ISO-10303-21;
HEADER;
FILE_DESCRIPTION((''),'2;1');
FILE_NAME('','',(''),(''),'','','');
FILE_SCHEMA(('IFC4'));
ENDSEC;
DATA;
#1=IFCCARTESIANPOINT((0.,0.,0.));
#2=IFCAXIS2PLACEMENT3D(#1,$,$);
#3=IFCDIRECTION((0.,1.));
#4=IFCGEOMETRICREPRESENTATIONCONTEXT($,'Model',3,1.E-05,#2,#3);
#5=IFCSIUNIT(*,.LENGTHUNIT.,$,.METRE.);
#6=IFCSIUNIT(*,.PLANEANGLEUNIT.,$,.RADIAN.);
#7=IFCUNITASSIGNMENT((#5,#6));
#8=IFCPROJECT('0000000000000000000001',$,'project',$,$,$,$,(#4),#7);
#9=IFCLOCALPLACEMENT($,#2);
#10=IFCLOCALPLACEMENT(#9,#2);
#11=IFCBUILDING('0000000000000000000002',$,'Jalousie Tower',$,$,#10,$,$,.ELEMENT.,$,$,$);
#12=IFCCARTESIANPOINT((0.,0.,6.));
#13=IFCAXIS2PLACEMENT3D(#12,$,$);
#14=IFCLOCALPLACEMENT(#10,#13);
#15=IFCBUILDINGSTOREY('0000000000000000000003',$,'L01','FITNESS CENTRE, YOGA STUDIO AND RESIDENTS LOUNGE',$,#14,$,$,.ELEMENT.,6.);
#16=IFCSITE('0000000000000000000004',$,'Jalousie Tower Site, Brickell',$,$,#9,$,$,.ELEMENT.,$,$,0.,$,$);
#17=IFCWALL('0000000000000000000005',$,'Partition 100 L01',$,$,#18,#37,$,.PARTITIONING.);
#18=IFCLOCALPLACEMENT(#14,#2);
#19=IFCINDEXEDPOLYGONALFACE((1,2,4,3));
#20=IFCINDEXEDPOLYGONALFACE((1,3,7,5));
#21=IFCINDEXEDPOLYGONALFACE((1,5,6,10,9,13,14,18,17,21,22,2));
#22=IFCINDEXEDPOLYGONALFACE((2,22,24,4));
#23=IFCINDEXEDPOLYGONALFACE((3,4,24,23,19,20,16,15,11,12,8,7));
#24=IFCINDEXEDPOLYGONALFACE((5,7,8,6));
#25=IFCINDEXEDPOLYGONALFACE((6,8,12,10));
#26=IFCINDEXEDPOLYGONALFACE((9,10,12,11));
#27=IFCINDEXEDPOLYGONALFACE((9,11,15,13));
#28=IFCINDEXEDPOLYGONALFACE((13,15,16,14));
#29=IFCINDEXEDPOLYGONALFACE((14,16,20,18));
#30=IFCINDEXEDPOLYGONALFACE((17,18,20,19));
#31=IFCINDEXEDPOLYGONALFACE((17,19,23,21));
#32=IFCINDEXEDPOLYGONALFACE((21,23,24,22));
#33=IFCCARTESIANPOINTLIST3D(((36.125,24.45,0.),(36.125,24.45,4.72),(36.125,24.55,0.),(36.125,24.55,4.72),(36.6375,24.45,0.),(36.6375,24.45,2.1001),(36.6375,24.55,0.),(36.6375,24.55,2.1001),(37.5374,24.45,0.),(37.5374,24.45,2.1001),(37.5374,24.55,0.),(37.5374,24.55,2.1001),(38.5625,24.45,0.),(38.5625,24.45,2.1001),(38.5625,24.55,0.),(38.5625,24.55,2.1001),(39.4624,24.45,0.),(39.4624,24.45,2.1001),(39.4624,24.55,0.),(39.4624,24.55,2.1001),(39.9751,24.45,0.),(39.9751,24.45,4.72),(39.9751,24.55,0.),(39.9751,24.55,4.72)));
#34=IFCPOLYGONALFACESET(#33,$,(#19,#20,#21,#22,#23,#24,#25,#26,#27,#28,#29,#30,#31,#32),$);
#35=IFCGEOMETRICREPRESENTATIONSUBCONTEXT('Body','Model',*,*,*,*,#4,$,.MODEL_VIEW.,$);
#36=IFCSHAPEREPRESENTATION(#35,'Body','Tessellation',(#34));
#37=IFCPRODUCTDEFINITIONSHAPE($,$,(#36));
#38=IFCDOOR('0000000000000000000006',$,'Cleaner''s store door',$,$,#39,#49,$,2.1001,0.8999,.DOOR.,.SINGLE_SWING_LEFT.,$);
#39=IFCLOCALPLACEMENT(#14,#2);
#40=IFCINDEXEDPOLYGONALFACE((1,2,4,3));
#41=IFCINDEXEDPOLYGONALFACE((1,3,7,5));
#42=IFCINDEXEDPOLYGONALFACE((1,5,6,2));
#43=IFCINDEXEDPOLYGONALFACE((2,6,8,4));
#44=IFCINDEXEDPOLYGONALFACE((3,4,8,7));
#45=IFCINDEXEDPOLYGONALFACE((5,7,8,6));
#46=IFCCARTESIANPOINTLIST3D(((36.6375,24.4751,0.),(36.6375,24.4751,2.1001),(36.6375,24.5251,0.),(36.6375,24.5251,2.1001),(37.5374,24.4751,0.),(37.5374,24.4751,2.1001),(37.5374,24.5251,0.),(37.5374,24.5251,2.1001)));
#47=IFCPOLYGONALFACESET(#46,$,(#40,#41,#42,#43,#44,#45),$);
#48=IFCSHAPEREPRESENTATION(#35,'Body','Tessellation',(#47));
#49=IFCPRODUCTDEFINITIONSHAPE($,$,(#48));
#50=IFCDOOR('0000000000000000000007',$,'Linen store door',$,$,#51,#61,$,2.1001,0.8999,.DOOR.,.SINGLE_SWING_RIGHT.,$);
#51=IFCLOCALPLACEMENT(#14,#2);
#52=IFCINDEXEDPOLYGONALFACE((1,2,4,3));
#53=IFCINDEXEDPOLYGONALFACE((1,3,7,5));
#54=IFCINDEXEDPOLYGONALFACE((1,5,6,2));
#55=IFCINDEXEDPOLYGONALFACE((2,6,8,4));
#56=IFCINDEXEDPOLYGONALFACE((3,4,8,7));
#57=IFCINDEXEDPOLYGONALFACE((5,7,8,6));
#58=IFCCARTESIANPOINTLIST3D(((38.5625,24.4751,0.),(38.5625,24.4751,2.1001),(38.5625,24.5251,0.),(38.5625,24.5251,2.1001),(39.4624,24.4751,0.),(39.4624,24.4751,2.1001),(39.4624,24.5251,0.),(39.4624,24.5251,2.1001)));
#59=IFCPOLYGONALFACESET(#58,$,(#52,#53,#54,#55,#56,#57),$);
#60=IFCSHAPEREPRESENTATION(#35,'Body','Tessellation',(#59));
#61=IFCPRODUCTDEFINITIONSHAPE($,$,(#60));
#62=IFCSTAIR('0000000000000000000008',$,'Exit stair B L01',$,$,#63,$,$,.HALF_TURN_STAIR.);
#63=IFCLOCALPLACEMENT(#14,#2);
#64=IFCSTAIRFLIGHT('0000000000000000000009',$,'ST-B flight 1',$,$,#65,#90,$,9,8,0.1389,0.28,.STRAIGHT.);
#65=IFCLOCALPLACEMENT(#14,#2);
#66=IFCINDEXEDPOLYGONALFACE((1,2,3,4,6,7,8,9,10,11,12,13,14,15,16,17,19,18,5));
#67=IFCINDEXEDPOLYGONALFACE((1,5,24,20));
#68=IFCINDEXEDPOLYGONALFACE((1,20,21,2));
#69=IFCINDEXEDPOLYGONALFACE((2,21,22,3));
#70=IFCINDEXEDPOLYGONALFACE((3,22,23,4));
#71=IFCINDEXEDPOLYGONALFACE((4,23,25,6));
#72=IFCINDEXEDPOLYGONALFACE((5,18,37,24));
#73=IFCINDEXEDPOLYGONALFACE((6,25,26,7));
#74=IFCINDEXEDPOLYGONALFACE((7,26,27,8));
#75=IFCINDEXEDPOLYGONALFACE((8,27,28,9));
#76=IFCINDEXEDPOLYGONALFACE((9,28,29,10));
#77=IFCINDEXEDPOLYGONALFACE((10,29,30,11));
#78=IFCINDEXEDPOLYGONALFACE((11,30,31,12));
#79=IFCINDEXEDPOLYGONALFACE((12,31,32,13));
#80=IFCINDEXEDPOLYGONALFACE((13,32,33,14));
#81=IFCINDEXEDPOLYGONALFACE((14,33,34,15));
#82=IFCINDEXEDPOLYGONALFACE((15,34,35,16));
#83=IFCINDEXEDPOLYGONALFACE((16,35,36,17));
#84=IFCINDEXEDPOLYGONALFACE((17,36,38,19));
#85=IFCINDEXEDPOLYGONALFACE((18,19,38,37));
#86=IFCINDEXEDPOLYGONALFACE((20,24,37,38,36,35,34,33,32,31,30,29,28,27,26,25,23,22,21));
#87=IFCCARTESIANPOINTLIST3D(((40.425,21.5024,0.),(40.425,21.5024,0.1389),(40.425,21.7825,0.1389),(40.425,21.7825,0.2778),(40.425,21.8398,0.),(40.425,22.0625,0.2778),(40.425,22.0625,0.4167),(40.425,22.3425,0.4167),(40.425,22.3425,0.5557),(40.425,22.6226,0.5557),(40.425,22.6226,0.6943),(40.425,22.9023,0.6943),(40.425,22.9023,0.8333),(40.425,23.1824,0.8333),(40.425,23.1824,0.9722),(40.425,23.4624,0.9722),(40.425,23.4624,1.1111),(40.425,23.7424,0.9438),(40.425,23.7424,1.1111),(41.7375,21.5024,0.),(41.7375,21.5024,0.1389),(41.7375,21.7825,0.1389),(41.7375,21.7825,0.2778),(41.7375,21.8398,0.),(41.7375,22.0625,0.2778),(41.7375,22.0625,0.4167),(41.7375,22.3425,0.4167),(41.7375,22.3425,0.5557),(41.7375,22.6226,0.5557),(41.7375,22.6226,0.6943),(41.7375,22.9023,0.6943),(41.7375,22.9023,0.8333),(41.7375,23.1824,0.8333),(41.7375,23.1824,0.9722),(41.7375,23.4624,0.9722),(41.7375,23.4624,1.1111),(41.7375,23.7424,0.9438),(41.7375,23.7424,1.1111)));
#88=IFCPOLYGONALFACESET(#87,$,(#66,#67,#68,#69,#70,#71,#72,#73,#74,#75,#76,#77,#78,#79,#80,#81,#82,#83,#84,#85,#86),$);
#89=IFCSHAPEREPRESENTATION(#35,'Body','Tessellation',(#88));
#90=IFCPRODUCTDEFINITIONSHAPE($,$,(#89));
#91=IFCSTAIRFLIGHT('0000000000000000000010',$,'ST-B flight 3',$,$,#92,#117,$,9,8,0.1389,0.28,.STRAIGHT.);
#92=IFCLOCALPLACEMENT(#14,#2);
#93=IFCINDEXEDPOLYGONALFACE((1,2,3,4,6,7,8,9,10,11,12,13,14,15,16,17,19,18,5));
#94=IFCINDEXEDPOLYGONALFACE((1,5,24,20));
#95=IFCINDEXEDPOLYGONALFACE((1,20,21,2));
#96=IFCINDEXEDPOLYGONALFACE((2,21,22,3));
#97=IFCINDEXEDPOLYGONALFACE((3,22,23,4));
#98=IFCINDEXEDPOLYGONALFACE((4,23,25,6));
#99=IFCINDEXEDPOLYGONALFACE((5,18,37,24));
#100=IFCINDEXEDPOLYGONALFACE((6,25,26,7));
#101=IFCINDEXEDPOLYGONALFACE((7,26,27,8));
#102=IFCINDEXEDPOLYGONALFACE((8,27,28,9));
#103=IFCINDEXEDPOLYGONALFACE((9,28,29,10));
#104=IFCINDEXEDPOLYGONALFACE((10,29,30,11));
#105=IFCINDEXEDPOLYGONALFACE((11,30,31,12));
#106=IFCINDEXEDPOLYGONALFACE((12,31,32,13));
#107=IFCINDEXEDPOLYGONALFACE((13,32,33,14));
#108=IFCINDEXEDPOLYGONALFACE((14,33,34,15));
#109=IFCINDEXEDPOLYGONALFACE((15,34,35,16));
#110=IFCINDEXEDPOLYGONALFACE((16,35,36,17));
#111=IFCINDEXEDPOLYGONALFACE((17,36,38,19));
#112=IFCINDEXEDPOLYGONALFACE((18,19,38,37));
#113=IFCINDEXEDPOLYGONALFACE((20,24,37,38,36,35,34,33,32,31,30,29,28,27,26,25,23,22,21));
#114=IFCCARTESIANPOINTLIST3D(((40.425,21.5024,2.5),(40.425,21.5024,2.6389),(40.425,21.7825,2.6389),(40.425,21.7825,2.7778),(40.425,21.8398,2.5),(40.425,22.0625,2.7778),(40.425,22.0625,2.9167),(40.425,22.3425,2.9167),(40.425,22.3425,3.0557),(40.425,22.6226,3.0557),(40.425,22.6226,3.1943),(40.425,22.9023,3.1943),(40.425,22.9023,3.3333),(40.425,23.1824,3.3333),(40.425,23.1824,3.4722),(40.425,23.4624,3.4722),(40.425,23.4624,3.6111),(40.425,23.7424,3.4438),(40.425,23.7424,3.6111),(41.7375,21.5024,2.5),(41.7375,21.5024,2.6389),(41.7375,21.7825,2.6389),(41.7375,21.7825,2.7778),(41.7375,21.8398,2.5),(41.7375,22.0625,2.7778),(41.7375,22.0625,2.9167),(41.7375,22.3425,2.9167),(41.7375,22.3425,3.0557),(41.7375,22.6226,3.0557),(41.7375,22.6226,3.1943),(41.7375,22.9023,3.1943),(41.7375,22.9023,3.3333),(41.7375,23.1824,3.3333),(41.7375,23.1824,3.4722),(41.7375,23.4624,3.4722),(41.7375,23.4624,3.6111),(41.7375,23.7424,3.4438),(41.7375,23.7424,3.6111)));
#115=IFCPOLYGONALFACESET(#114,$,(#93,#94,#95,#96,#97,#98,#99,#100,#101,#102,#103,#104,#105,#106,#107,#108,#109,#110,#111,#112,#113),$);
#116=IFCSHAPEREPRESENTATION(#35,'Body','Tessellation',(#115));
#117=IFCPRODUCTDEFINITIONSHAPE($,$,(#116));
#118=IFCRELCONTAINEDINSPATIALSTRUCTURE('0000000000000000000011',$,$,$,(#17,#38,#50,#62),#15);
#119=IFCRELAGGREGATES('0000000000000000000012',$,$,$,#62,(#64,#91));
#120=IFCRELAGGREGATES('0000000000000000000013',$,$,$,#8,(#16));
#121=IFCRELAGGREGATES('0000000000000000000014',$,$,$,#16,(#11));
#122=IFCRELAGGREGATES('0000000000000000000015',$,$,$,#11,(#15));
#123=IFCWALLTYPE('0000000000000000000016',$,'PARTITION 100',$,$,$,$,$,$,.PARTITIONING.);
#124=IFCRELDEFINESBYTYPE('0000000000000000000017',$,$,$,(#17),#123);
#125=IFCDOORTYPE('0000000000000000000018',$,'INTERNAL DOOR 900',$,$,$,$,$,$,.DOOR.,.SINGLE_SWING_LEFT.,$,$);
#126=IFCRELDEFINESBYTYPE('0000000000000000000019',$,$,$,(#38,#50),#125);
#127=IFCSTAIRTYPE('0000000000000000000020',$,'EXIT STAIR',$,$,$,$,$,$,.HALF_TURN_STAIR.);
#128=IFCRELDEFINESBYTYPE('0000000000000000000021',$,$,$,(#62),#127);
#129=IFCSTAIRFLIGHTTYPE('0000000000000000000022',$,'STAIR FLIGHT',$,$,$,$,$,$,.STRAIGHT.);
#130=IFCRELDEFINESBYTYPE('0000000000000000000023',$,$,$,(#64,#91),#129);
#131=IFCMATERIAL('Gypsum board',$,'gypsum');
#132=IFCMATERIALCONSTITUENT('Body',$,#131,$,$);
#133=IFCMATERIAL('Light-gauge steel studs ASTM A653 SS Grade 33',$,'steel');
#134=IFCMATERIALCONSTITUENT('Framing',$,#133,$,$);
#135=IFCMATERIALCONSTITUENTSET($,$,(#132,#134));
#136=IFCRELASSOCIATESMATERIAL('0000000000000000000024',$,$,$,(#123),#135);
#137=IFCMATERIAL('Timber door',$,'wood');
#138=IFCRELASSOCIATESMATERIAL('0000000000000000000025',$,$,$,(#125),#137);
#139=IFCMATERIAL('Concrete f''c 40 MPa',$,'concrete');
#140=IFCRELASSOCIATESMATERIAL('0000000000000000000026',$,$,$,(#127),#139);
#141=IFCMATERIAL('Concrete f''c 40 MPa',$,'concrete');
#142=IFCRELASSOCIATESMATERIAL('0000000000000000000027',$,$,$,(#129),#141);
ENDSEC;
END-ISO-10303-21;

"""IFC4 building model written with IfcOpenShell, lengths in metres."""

from ifc_helpers import new_model, si_unit, direction, frame, frame_2d, origin, place, context, subcontext, project, spatial, polyline, rectangle, outline, extrude, material, constituent, constituent_set, type_object, element, fill, aggregate, save


model = new_model("IFC4")

# Units and contexts
model_context = context("Model", 3, precision=1e-05, world=origin(), true_north=direction((0.0, 1.0)))
body_context = subcontext(model_context, "Body", "Model", "MODEL_VIEW")
ifc_project = project(units=[si_unit("LENGTHUNIT", "METRE"), si_unit("PLANEANGLEUNIT", "RADIAN")], contexts=[model_context])

# Site, building, storey
site_placement = place(None, origin())
site = spatial("IfcSite", under=ifc_project, at=site_placement, Name="Jalousie Tower Site, Brickell", CompositionType="ELEMENT", RefElevation=0.0)
building_placement = place(site_placement, origin())
building = spatial("IfcBuilding", under=site, at=building_placement, Name="Jalousie Tower", CompositionType="ELEMENT")
storey_placement = place(building_placement, frame((0.0, 0.0, 6.0)))
storey = spatial("IfcBuildingStorey", under=building, at=storey_placement, Name="L01", Description="FITNESS CENTRE, YOGA STUDIO AND RESIDENTS LOUNGE", CompositionType="ELEMENT", Elevation=6.0)

# Wall, openings, doors
ifc_material_1 = material(Name="Gypsum board", Category="gypsum")
ifc_constituent_1 = constituent(ifc_material_1, Name="Body")
ifc_material_2 = material(Name="Light-gauge steel studs ASTM A653 SS Grade 33", Category="steel")
ifc_constituent_2 = constituent(ifc_material_2, Name="Framing")
ifc_constituent_set_1 = constituent_set(constituents=[ifc_constituent_1, ifc_constituent_2])
wall_type_1 = type_object("IfcWallType", Name="PARTITION 100", PredefinedType="PARTITIONING", material=ifc_constituent_set_1)
wall_1_placement = place(storey_placement, frame((36.125, 24.5, 0.0), z_axis=(0.0, 0.0, 1.0), x_axis=(1.0, 0.0, 0.0)))
wall_1 = element("IfcWall", 1, at=wall_1_placement, inside=storey, type_object=wall_type_1, Name="Partition 100 L01", PredefinedType="PARTITIONING", context=body_context, shape_type="SweptSolid", body=[
    extrude(rectangle(XDim=3.8501, YDim=0.1001, at=frame_2d((1.925, 0.0))), origin(), (0.0, 0.0, 1.0), 4.72),
])
opening_1_placement = place(wall_1_placement, frame((0.5125, 0.0, 0.0)))
opening_1 = element("IfcOpeningElement", 2, at=opening_1_placement, cuts=wall_1, PredefinedType="OPENING", context=body_context, shape_type="SweptSolid", body=[
    extrude(rectangle(XDim=0.8999, YDim=2.1001, at=frame_2d((0.45, 1.05))), frame((0.0, 0.0601, 0.0), z_axis=(0.0, -1.0, 0.0), x_axis=(1.0, 0.0, 0.0)), (0.0, 0.0, 1.0), 0.1201),
])
opening_2_placement = place(wall_1_placement, frame((2.4375, 0.0, 0.0)))
opening_2 = element("IfcOpeningElement", 3, at=opening_2_placement, cuts=wall_1, PredefinedType="OPENING", context=body_context, shape_type="SweptSolid", body=[
    extrude(rectangle(XDim=0.8999, YDim=2.1001, at=frame_2d((0.45, 1.05))), frame((0.0, 0.0601, 0.0), z_axis=(0.0, -1.0, 0.0), x_axis=(1.0, 0.0, 0.0)), (0.0, 0.0, 1.0), 0.1201),
])
ifc_material_3 = material(Name="Timber door", Category="wood")
door_type_1 = type_object("IfcDoorType", Name="INTERNAL DOOR 900", OperationType="SINGLE_SWING_LEFT", PredefinedType="DOOR", material=ifc_material_3)
door_1_placement = place(opening_1_placement, frame((0.8999, 0.0, 0.0), z_axis=(0.0, 0.0, 1.0), x_axis=(-1.0, 0.0, 0.0)))
door_1 = element("IfcDoor", 4, at=door_1_placement, inside=storey, type_object=door_type_1, Name="Cleaner's store door", OperationType="SINGLE_SWING_LEFT", OverallHeight=2.1001, OverallWidth=0.8999, PredefinedType="DOOR", context=body_context, shape_type="SweptSolid", body=[
    extrude(rectangle(XDim=0.8999, YDim=2.1001, at=frame_2d((0.45, 1.05))), frame((0.0, 0.0249, 0.0), z_axis=(0.0, -1.0, 0.0), x_axis=(1.0, 0.0, 0.0)), (0.0, 0.0, 1.0), 0.05),
])
fill(opening_1, door_1)
door_2_placement = place(opening_2_placement, frame((0.8999, 0.0, 0.0), z_axis=(0.0, 0.0, 1.0), x_axis=(-1.0, 0.0, 0.0)))
door_2 = element("IfcDoor", 5, at=door_2_placement, inside=storey, type_object=door_type_1, Name="Linen store door", OperationType="SINGLE_SWING_RIGHT", OverallHeight=2.1001, OverallWidth=0.8999, PredefinedType="DOOR", context=body_context, shape_type="SweptSolid", body=[
    extrude(rectangle(XDim=0.8999, YDim=2.1001, at=frame_2d((0.45, 1.05))), frame((0.0, 0.0249, 0.0), z_axis=(0.0, -1.0, 0.0), x_axis=(1.0, 0.0, 0.0)), (0.0, 0.0, 1.0), 0.05),
])
fill(opening_2, door_2)

# Stair, stair flights
ifc_material_4 = material(Name="Concrete f'c 40 MPa", Category="concrete")
stair_type = type_object("IfcStairType", Name="EXIT STAIR", PredefinedType="HALF_TURN_STAIR", material=ifc_material_4)
stair_placement = place(storey_placement, origin())
stair = element("IfcStair", 6, at=stair_placement, inside=storey, type_object=stair_type, Name="Exit stair B L01", PredefinedType="HALF_TURN_STAIR")
ifc_material_5 = material(Name="Concrete f'c 40 MPa", Category="concrete")
stair_flight_type = type_object("IfcStairFlightType", Name="STAIR FLIGHT", PredefinedType="STRAIGHT", material=ifc_material_5)
stair_flight_1_placement = place(storey_placement, frame((41.0813, 21.5024, 0.0), z_axis=(0.0, 0.0, 1.0), x_axis=(0.0, 1.0, 0.0)))
stair_flight_1 = element("IfcStairFlight", 7, at=stair_flight_1_placement, type_object=stair_flight_type, Name="ST-B flight 1", NumberOfRisers=9, NumberOfTreads=8, PredefinedType="STRAIGHT", RiserHeight=0.1389, TreadLength=0.28, context=body_context, shape_type="SweptSolid", body=[
    extrude(outline(polyline([(0.0, 0.0), (0.0, 0.1389), (0.28, 0.1389), (0.28, 0.2778), (0.5601, 0.2778), (0.5601, 0.4167), (0.8401, 0.4167), (0.8401, 0.5557), (1.1201, 0.5557), (1.1201, 0.6943), (1.3999, 0.6943), (1.3999, 0.8333), (1.6799, 0.8333), (1.6799, 0.9722), (1.96, 0.9722), (1.96, 1.1111), (2.24, 1.1111), (2.24, 1.25), (2.24, 0.9438), (0.3374, 0.0), (0.0, 0.0)])), frame((0.0, 0.6562, 0.0), z_axis=(0.0, -1.0, 0.0), x_axis=(1.0, 0.0, 0.0)), (0.0, 0.0, 1.0), 1.3125),
])
stair_flight_2_placement = place(storey_placement, frame((41.0813, 21.5024, 2.5), z_axis=(0.0, 0.0, 1.0), x_axis=(0.0, 1.0, 0.0)))
stair_flight_2 = element("IfcStairFlight", 8, at=stair_flight_2_placement, type_object=stair_flight_type, Name="ST-B flight 3", NumberOfRisers=9, NumberOfTreads=8, PredefinedType="STRAIGHT", RiserHeight=0.1389, TreadLength=0.28, context=body_context, shape_type="SweptSolid", body=[
    extrude(outline(polyline([(0.0, 0.0), (0.0, 0.1389), (0.28, 0.1389), (0.28, 0.2778), (0.5601, 0.2778), (0.5601, 0.4167), (0.8401, 0.4167), (0.8401, 0.5557), (1.1201, 0.5557), (1.1201, 0.6943), (1.3999, 0.6943), (1.3999, 0.8333), (1.6799, 0.8333), (1.6799, 0.9722), (1.96, 0.9722), (1.96, 1.1111), (2.24, 1.1111), (2.24, 1.25), (2.24, 0.9438), (0.3374, 0.0), (0.0, 0.0)])), frame((0.0, 0.6562, 0.0), z_axis=(0.0, -1.0, 0.0), x_axis=(1.0, 0.0, 0.0)), (0.0, 0.0, 1.0), 1.3125),
])
aggregate(stair, [stair_flight_1, stair_flight_2])

save(model, "model.ifc")
